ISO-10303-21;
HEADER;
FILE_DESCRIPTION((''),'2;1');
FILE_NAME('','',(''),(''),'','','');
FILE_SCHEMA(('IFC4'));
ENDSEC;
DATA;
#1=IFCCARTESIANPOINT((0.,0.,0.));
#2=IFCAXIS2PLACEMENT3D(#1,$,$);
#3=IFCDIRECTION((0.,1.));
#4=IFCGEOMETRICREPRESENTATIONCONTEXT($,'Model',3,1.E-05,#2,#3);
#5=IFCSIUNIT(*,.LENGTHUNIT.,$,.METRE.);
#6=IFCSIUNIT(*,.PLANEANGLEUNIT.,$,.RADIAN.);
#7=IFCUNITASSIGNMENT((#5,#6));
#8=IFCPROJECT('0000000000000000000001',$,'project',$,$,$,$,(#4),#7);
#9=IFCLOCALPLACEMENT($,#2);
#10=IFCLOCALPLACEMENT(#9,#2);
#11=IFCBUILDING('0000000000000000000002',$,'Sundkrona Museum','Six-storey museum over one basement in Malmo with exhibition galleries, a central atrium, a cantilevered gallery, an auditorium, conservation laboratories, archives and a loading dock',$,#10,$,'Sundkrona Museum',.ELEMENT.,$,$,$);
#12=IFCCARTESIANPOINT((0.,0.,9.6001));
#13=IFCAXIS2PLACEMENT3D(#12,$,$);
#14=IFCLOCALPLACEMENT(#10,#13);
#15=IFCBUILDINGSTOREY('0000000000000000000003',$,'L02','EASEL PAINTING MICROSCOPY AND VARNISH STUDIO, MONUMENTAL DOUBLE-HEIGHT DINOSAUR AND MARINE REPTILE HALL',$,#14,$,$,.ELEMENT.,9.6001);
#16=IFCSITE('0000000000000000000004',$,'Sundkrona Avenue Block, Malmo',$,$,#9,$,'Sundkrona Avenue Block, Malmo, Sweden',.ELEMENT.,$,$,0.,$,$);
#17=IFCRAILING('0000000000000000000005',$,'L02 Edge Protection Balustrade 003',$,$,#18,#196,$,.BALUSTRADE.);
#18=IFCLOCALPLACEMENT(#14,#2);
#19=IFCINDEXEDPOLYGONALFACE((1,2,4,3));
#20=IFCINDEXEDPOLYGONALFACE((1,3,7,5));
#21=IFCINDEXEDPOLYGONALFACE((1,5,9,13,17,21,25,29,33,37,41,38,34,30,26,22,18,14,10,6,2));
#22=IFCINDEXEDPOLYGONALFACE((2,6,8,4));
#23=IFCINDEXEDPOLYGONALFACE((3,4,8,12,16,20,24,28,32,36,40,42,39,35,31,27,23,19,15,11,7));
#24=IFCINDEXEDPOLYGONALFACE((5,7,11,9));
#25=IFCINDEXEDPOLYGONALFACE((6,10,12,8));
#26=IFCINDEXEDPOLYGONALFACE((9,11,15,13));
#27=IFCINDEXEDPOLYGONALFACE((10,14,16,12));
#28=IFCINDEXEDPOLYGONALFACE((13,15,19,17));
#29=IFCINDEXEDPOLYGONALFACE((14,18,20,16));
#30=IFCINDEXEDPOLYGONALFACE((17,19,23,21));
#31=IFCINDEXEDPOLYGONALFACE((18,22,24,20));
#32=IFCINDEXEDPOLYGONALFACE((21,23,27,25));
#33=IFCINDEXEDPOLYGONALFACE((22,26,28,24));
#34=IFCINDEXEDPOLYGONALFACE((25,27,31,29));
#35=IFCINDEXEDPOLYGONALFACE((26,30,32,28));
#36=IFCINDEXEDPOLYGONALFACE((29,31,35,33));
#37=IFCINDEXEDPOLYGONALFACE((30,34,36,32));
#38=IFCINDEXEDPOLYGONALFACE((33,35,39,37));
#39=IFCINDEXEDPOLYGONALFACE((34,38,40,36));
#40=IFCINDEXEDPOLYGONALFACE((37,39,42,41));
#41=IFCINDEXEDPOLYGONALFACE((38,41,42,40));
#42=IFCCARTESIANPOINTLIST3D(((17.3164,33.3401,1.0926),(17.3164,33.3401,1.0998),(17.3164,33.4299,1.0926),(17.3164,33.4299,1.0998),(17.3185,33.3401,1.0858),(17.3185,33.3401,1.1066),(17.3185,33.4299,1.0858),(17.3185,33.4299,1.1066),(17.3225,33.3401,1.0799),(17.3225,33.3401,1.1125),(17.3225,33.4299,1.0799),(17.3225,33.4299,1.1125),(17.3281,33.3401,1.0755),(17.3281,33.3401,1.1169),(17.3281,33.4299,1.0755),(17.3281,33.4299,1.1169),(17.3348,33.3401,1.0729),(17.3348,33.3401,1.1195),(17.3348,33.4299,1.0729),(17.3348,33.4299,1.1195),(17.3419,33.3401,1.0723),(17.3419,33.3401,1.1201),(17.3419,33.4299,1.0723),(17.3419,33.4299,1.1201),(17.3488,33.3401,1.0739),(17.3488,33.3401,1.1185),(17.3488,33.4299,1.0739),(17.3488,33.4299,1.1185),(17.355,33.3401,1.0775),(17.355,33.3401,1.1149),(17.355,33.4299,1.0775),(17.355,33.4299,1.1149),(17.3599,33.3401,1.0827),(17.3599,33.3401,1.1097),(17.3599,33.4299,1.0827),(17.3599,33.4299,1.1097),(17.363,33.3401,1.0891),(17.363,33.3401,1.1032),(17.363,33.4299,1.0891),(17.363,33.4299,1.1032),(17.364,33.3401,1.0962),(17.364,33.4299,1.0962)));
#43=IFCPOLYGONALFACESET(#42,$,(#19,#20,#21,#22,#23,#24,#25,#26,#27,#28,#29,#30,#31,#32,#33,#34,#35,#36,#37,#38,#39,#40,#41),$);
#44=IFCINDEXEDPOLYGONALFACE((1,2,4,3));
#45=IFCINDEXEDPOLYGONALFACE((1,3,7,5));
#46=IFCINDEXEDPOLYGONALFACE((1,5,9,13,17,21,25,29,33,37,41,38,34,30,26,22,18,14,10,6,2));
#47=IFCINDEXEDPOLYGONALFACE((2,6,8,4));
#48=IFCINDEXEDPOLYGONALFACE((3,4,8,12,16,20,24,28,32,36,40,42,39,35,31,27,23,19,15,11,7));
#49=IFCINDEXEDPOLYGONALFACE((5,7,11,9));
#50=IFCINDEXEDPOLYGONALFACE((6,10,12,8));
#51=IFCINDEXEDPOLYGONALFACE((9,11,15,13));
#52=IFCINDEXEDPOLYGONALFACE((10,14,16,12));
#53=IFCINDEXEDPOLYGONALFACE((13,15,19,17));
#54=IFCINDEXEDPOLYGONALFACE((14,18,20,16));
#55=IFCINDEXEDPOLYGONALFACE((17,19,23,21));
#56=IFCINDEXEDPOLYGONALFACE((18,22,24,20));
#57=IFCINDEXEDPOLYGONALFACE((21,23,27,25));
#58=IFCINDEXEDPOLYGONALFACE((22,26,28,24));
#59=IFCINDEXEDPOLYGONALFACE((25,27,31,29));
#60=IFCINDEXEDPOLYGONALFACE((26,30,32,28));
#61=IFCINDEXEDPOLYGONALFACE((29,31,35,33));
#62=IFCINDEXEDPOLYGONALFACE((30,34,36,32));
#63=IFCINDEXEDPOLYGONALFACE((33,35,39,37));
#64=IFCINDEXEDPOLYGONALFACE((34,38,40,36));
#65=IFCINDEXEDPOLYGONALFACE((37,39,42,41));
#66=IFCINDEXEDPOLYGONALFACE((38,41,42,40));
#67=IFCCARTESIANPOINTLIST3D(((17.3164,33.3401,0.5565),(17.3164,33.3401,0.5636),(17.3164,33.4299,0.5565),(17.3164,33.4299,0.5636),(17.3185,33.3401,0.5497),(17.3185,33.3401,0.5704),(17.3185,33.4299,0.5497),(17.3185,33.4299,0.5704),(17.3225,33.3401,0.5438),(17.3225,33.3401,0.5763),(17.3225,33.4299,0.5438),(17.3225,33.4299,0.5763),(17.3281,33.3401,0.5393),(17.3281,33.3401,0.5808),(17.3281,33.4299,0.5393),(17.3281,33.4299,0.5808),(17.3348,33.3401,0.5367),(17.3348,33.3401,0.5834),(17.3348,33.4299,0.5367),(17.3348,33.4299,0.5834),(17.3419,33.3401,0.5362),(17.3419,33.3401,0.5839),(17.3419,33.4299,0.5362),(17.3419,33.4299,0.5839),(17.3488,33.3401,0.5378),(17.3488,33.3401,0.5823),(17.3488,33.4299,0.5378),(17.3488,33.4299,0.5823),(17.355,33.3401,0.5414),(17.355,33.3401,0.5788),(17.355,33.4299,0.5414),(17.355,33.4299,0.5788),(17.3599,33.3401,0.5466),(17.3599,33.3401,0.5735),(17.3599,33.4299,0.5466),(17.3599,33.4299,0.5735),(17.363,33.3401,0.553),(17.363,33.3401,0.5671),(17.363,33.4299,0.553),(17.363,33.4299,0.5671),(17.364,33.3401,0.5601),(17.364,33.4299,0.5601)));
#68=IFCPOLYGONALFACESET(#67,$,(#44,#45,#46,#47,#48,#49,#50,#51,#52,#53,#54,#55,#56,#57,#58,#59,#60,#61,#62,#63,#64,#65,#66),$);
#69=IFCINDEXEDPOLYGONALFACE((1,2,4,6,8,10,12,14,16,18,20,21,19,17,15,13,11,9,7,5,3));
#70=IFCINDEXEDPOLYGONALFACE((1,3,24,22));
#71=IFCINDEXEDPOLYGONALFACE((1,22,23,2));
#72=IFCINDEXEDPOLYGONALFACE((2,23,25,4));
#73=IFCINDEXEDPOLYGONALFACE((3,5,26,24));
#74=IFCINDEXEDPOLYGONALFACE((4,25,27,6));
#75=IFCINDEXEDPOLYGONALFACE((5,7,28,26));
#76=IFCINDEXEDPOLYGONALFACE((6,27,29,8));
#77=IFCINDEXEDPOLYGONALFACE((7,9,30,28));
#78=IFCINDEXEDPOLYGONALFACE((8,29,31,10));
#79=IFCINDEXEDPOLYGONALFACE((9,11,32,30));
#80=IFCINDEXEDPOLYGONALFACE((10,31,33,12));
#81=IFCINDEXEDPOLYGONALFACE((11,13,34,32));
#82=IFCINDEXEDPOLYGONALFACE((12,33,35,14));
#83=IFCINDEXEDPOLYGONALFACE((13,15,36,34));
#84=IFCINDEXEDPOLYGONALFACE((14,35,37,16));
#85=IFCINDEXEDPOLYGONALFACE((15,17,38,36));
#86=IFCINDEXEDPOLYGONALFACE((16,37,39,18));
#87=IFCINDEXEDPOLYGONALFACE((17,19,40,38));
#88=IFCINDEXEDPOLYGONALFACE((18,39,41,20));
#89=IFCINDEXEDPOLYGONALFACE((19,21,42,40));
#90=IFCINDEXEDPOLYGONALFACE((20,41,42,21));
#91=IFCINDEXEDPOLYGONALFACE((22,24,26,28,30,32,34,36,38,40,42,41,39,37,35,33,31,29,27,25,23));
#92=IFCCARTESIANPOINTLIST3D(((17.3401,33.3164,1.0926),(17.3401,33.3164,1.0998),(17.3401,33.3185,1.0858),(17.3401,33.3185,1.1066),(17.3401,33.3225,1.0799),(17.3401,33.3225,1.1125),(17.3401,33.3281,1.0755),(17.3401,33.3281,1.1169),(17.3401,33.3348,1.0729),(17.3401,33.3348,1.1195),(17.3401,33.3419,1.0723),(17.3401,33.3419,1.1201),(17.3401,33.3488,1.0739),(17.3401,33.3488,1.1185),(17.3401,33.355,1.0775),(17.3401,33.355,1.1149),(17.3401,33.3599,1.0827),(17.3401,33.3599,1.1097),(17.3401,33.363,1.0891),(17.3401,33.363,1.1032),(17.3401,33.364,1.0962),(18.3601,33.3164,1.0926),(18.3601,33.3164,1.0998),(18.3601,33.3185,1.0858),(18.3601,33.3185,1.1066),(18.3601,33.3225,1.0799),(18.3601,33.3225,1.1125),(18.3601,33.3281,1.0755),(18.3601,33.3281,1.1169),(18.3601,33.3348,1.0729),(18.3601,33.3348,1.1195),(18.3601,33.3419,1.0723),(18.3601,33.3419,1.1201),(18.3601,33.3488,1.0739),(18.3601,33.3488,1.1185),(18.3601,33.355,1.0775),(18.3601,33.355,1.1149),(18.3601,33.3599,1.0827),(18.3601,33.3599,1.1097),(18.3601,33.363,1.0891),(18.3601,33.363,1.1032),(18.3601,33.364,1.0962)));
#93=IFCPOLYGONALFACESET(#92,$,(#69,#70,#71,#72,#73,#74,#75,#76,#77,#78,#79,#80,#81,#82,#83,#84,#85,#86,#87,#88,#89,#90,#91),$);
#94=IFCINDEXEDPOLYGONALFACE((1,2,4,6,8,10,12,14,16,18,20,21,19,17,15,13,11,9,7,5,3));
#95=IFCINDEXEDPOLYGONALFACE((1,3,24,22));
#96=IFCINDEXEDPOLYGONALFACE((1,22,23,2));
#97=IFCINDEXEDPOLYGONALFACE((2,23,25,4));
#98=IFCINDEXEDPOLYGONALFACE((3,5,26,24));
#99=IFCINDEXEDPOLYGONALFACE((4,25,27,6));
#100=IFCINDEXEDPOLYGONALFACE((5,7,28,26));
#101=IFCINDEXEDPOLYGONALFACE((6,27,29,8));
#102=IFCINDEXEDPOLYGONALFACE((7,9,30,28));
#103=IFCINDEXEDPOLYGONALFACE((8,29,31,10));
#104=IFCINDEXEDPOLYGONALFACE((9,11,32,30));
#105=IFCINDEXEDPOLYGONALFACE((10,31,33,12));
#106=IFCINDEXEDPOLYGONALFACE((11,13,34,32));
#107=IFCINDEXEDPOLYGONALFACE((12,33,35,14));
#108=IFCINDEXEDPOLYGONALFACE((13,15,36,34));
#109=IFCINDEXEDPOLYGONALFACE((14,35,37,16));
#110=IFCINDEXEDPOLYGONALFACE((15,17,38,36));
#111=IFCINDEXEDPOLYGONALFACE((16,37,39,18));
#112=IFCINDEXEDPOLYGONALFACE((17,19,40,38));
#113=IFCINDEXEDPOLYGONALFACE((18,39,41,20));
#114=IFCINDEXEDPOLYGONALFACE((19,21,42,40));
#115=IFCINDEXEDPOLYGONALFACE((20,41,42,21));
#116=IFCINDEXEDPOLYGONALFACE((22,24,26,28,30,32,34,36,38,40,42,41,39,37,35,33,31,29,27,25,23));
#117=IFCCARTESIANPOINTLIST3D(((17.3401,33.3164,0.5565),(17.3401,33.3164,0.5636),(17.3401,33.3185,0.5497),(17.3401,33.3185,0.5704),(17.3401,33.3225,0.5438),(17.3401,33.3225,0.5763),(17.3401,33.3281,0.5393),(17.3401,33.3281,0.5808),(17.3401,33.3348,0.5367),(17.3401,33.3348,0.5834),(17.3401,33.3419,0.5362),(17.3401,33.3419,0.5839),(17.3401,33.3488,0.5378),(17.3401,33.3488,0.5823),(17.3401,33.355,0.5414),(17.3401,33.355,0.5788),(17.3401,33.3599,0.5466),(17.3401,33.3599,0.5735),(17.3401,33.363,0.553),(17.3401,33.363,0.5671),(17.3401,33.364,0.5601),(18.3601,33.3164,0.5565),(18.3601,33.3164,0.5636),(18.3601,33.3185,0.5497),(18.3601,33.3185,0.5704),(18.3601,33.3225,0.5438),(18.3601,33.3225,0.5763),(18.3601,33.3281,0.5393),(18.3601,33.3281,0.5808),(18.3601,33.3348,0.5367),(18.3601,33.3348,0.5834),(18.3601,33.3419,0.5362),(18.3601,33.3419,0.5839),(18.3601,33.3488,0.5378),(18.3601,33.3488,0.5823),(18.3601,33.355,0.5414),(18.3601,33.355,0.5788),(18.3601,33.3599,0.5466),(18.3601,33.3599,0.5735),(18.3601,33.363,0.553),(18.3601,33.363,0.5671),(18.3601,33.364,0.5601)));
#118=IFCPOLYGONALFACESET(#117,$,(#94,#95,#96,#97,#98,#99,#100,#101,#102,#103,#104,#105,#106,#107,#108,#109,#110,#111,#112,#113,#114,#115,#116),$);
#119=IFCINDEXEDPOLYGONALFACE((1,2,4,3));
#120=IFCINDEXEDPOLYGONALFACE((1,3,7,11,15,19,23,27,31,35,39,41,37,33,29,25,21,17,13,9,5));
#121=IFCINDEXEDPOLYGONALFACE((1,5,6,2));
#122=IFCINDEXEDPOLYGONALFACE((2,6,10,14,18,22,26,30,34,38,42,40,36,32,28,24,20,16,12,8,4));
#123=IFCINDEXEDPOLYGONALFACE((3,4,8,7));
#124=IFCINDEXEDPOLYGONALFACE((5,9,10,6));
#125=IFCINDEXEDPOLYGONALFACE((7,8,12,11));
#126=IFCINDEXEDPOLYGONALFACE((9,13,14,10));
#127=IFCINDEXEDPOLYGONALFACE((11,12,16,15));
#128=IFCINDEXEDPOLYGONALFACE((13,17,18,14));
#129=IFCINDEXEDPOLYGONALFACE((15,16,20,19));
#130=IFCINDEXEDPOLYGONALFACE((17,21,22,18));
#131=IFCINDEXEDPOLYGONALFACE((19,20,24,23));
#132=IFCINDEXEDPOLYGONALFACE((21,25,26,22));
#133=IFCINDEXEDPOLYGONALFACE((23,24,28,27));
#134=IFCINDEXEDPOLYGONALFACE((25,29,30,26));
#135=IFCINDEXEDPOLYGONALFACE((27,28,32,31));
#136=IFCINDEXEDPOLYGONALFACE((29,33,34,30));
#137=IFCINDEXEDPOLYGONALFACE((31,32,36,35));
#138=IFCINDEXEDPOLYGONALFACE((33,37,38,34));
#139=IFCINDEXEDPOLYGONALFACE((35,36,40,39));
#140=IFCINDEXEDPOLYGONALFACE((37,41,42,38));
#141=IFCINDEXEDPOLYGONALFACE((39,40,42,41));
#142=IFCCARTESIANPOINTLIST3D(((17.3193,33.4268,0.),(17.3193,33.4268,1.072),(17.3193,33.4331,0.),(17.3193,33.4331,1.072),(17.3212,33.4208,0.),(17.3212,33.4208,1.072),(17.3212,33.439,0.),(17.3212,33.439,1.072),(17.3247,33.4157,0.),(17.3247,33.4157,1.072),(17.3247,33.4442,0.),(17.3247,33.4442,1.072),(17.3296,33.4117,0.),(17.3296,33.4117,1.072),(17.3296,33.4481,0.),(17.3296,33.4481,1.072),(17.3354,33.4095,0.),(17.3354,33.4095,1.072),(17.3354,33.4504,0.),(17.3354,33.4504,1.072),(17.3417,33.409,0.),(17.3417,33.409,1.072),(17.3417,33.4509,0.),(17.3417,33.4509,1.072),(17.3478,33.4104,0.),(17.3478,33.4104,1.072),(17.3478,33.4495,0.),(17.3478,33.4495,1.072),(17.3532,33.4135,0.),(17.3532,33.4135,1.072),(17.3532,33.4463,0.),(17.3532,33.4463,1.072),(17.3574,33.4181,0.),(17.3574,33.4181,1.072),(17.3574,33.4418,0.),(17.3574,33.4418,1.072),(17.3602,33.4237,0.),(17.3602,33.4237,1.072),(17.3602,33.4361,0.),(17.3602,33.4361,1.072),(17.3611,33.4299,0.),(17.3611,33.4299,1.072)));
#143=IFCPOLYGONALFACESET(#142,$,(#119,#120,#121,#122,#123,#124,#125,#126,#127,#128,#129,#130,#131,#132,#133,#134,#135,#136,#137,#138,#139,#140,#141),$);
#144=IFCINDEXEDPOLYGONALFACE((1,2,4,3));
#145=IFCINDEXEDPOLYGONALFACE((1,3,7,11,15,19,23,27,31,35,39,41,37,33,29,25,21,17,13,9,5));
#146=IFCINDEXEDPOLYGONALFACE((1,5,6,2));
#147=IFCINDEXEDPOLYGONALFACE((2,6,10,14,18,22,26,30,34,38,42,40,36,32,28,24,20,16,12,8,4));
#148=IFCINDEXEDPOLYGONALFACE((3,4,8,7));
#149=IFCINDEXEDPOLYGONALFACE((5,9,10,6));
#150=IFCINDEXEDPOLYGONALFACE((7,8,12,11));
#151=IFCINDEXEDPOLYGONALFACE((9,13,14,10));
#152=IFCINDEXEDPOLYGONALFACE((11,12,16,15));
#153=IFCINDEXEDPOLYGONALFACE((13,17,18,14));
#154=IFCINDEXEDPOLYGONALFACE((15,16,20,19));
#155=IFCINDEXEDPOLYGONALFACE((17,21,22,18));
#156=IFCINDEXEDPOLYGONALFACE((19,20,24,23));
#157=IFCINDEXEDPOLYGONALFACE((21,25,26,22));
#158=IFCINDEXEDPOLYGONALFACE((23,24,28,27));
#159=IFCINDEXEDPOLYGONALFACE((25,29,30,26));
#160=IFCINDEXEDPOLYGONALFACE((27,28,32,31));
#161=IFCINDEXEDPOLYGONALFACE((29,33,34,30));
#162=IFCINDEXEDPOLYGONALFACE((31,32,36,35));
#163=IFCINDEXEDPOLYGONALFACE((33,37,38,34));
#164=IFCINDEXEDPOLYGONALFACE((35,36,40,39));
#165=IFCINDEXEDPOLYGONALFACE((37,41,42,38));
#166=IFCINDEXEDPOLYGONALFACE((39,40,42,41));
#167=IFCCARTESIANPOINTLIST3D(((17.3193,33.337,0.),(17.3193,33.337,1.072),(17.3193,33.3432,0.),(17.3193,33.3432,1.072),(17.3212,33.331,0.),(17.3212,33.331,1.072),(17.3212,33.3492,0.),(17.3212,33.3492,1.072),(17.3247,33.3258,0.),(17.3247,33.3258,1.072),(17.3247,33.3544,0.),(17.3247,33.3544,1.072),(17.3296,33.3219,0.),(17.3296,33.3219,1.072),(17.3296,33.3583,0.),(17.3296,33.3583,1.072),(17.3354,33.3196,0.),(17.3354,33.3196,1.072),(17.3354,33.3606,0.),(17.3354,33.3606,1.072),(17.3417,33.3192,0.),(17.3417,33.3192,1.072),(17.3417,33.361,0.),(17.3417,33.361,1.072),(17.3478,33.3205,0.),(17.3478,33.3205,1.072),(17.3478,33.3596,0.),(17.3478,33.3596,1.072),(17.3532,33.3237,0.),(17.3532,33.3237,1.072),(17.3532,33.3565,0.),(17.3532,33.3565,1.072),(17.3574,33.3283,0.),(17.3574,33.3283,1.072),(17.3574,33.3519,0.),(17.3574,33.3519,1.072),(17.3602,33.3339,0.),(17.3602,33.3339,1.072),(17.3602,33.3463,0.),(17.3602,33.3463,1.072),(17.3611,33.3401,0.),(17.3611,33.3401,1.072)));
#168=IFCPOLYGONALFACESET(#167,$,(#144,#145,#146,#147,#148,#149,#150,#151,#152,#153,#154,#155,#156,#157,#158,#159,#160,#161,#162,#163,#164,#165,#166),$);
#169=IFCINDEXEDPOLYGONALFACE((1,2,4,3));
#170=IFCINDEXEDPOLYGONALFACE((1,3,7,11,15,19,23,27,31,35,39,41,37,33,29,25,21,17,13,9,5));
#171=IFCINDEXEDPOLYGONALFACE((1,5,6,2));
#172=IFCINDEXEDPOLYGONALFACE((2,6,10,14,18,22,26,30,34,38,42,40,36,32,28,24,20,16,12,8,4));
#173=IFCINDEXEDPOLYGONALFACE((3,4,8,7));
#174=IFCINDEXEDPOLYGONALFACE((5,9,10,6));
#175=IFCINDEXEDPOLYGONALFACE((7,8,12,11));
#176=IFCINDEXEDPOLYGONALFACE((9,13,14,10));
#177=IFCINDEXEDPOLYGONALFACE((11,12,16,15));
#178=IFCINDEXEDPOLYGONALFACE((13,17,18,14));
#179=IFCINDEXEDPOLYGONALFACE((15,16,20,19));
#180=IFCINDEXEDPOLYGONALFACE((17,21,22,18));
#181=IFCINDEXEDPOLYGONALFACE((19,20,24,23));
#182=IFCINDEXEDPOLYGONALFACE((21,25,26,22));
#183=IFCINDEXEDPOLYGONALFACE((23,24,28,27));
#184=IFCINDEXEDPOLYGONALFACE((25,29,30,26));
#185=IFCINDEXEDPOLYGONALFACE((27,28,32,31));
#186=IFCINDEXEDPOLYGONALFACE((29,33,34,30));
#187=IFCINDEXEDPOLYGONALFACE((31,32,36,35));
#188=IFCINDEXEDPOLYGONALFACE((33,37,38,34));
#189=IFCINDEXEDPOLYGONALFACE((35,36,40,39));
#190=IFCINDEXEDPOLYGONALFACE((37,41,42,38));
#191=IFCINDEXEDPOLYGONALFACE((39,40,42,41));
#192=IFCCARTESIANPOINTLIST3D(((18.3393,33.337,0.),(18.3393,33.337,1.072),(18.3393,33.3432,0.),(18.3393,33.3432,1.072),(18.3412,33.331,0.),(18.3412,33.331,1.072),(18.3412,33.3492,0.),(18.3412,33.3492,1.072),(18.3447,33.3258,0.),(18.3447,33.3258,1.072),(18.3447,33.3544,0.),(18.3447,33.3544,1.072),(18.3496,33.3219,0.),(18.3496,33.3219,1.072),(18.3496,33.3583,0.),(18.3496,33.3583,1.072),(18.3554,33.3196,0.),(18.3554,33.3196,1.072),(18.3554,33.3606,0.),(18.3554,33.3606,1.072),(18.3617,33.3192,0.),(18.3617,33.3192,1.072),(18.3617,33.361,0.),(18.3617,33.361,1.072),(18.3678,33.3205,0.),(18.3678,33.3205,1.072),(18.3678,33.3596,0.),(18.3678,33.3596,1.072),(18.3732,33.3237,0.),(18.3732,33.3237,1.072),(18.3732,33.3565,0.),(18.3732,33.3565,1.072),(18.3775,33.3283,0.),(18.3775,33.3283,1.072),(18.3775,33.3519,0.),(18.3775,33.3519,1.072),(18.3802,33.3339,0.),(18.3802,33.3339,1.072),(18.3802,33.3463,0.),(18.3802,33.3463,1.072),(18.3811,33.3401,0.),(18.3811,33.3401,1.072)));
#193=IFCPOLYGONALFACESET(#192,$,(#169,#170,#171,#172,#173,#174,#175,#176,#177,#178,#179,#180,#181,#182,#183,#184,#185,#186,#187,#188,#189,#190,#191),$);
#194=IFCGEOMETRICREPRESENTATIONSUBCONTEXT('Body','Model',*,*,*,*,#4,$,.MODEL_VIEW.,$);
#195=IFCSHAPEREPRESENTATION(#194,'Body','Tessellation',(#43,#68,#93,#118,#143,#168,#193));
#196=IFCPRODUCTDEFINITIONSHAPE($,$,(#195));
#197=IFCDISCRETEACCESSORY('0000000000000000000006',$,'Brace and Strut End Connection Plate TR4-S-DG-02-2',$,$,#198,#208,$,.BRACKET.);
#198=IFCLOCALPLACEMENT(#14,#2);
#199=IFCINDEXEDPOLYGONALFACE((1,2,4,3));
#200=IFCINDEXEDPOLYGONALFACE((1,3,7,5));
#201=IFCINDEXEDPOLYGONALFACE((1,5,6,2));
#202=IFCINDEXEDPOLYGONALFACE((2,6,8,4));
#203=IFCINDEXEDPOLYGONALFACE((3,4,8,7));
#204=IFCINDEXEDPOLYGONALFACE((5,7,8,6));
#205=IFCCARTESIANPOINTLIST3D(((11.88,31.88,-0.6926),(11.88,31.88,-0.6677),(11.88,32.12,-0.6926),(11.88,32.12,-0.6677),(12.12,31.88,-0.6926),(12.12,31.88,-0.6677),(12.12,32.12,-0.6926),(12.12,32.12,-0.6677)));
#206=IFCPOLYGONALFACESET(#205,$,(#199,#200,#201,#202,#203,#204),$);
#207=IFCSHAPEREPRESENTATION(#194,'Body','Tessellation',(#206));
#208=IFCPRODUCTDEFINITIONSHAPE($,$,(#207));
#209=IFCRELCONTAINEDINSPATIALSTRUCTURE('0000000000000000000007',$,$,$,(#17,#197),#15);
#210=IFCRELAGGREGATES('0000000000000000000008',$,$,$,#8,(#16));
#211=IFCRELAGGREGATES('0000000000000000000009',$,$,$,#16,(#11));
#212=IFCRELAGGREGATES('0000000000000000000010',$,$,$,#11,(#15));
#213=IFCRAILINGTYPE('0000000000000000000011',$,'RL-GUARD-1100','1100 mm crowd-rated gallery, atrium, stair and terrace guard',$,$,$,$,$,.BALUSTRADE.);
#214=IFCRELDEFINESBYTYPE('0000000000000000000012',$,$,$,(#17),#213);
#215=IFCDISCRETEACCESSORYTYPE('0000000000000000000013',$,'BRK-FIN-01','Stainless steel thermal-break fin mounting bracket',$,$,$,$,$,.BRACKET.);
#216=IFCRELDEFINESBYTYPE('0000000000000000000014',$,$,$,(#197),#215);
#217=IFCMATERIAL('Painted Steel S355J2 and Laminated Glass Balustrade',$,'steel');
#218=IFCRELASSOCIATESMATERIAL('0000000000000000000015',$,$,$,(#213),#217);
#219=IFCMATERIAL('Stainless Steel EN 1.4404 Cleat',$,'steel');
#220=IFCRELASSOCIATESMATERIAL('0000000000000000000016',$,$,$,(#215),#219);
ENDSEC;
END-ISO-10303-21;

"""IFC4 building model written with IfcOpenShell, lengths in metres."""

from ifc_helpers import new_model, si_unit, direction, frame, origin, origin_2d, place, context, subcontext, project, spatial, rectangle, circle, extrude, material, type_object, element, save


model = new_model("IFC4")

# Units and contexts
model_context = context("Model", 3, precision=1e-05, world=origin(), true_north=direction((0.0, 1.0)))
body_context = subcontext(model_context, "Body", "Model", "MODEL_VIEW")
ifc_project = project(units=[si_unit("LENGTHUNIT", "METRE"), si_unit("PLANEANGLEUNIT", "RADIAN")], contexts=[model_context])

# Site, building, storey
site_placement = place(None, origin())
site = spatial("IfcSite", under=ifc_project, at=site_placement, Name="Sundkrona Avenue Block, Malmo", LongName="Sundkrona Avenue Block, Malmo, Sweden", CompositionType="ELEMENT", RefElevation=0.0)
building_placement = place(site_placement, origin())
building = spatial("IfcBuilding", under=site, at=building_placement, Name="Sundkrona Museum", Description="Six-storey museum over one basement in Malmo with exhibition galleries, a central atrium, a cantilevered gallery, an auditorium, conservation laboratories, archives and a loading dock", LongName="Sundkrona Museum", CompositionType="ELEMENT")
storey_placement = place(building_placement, frame((0.0, 0.0, 9.6001)))
storey = spatial("IfcBuildingStorey", under=building, at=storey_placement, Name="L02", Description="EASEL PAINTING MICROSCOPY AND VARNISH STUDIO, MONUMENTAL DOUBLE-HEIGHT DINOSAUR AND MARINE REPTILE HALL", CompositionType="ELEMENT", Elevation=9.6001)

# Railing
ifc_material_1 = material(Name="Painted Steel S355J2 and Laminated Glass Balustrade", Category="steel")
railing_type = type_object("IfcRailingType", Name="RL-GUARD-1100", Description="1100 mm crowd-rated gallery, atrium, stair and terrace guard", PredefinedType="BALUSTRADE", material=ifc_material_1)
railing_placement = place(storey_placement, frame((17.3401, 33.4299, 0.0)))
element("IfcRailing", 1, at=railing_placement, inside=storey, type_object=railing_type, Name="L02 Edge Protection Balustrade 003", PredefinedType="BALUSTRADE", context=body_context, shape_type="SweptSolid", body=[
    extrude(circle(Radius=0.0239, at=origin_2d()), frame((0.0, 0.0, 1.0962), z_axis=(0.0, -1.0, 0.0), x_axis=(1.0, 0.0, 0.0)), (0.0, 0.0, 1.0), 0.0898),
    extrude(circle(Radius=0.0239, at=origin_2d()), frame((0.0, 0.0, 0.5601), z_axis=(0.0, -1.0, 0.0), x_axis=(1.0, 0.0, 0.0)), (0.0, 0.0, 1.0), 0.0898),
    extrude(circle(Radius=0.0239, at=origin_2d()), frame((0.0, -0.0898, 1.0962), z_axis=(1.0, 0.0, 0.0), x_axis=(0.0, 1.0, 0.0)), (0.0, 0.0, 1.0), 1.02),
    extrude(circle(Radius=0.0239, at=origin_2d()), frame((0.0, -0.0898, 0.5601), z_axis=(1.0, 0.0, 0.0), x_axis=(0.0, 1.0, 0.0)), (0.0, 0.0, 1.0), 1.02),
    extrude(circle(Radius=0.021, at=origin_2d()), origin(), (0.0, 0.0, 1.0), 1.072),
    extrude(circle(Radius=0.021, at=origin_2d()), frame((0.0, -0.0898, 0.0)), (0.0, 0.0, 1.0), 1.072),
    extrude(circle(Radius=0.021, at=origin_2d()), frame((1.02, -0.0898, 0.0)), (0.0, 0.0, 1.0), 1.072),
])

# Discrete accessory
ifc_material_2 = material(Name="Stainless Steel EN 1.4404 Cleat", Category="steel")
discrete_accessory_type = type_object("IfcDiscreteAccessoryType", Name="BRK-FIN-01", Description="Stainless steel thermal-break fin mounting bracket", PredefinedType="BRACKET", material=ifc_material_2)
for number, where, z_axis, x_axis, name in (
    (2, (12.0, 32.0, -0.6926), (0.0, 0.0, 1.0), (1.0, 0.0, 0.0), "Brace and Strut End Connection Plate TR4-S-DG-02-2"),
):
    element("IfcDiscreteAccessory", number, at=place(storey_placement, frame(where, z_axis=z_axis, x_axis=x_axis)), inside=storey, type_object=discrete_accessory_type, Name=name, PredefinedType="BRACKET", context=body_context, shape_type="SweptSolid", body=[
        extrude(rectangle(XDim=0.24, YDim=0.24, at=origin_2d()), origin(), (0.0, 0.0, 1.0), 0.0249),
    ])

save(model, "model.ifc")
